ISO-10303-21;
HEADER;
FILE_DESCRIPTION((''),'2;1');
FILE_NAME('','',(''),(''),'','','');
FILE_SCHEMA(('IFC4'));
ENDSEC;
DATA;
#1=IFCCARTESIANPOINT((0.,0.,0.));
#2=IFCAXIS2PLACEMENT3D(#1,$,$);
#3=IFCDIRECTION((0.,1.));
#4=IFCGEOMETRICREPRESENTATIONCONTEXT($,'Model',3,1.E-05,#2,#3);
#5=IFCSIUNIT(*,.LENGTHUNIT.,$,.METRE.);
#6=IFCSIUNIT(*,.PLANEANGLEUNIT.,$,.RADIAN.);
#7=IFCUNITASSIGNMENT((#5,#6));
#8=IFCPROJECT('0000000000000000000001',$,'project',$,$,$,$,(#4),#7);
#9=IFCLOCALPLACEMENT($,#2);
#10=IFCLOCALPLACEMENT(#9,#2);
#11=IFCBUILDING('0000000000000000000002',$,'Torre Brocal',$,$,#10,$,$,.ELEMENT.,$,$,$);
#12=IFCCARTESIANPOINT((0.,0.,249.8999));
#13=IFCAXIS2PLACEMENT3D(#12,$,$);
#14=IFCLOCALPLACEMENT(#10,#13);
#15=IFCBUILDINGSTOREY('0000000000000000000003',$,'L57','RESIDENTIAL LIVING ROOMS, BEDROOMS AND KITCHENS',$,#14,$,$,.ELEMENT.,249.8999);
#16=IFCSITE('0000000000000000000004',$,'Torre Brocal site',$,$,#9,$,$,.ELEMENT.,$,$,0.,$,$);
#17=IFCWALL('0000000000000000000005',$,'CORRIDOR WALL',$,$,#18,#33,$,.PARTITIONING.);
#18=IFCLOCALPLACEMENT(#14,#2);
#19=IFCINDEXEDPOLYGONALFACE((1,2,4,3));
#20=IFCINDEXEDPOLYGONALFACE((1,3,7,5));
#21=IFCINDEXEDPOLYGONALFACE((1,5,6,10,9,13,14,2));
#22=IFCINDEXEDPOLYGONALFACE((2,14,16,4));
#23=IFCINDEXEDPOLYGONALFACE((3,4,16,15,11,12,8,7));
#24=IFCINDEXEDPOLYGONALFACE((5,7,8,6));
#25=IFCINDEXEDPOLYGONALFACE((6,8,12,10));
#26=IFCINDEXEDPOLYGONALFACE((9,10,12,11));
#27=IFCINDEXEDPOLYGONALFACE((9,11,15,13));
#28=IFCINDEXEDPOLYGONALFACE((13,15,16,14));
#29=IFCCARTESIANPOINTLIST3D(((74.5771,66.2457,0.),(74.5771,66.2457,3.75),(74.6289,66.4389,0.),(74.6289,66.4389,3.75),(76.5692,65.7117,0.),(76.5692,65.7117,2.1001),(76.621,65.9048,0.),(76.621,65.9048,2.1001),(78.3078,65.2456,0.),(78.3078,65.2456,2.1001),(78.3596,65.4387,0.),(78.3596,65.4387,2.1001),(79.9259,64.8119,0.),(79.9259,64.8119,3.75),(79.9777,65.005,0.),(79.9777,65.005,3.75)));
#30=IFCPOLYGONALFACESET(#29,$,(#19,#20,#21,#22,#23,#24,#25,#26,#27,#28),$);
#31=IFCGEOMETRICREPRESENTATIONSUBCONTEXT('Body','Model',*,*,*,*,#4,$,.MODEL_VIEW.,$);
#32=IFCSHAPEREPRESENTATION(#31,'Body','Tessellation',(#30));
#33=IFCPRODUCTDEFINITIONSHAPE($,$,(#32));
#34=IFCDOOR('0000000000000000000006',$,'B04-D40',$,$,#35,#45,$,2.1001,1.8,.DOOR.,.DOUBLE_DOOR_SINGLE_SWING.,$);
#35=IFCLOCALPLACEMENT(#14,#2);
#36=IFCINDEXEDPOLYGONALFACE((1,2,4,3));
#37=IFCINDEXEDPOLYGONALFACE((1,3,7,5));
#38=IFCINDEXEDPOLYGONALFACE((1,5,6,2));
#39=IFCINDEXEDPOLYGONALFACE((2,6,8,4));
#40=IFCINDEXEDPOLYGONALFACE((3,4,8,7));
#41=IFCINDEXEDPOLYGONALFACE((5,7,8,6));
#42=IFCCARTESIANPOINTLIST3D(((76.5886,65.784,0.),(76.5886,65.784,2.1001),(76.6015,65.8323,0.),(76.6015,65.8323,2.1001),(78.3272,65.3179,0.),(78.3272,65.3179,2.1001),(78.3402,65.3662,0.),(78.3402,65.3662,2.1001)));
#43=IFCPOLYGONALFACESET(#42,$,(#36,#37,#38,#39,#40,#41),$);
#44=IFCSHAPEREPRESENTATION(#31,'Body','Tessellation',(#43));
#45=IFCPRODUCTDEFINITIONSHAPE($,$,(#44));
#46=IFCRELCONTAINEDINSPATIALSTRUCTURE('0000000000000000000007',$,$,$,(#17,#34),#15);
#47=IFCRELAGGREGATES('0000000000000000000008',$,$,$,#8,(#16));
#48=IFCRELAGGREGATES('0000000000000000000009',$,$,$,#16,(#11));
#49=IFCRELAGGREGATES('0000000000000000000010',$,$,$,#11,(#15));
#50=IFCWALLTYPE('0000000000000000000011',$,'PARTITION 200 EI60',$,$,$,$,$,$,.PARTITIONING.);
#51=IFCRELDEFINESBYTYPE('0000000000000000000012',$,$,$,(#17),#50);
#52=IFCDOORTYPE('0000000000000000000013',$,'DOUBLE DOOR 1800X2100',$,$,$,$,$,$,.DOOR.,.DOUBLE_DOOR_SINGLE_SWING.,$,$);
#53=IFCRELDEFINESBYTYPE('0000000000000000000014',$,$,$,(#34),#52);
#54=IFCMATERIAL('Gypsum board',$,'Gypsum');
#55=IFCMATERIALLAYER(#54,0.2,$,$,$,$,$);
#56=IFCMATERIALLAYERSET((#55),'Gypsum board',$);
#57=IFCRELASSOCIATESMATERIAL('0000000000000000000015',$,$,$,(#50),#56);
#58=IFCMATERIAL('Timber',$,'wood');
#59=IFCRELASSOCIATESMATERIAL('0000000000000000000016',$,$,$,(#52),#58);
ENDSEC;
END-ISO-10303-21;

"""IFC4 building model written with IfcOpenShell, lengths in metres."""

from ifc_helpers import new_model, si_unit, direction, frame, frame_2d, origin, place, context, subcontext, project, spatial, rectangle, extrude, material, layer, layer_set, type_object, element, fill, save


model = new_model("IFC4")

# Units and contexts
model_context = context("Model", 3, precision=1e-05, world=origin(), true_north=direction((0.0, 1.0)))
body_context = subcontext(model_context, "Body", "Model", "MODEL_VIEW")
ifc_project = project(units=[si_unit("LENGTHUNIT", "METRE"), si_unit("PLANEANGLEUNIT", "RADIAN")], contexts=[model_context])

# Site, building, storey
site_placement = place(None, origin())
site = spatial("IfcSite", under=ifc_project, at=site_placement, Name="Torre Brocal site", CompositionType="ELEMENT", RefElevation=0.0)
building_placement = place(site_placement, origin())
building = spatial("IfcBuilding", under=site, at=building_placement, Name="Torre Brocal", CompositionType="ELEMENT")
storey_placement = place(building_placement, frame((0.0, 0.0, 249.8999)))
storey = spatial("IfcBuildingStorey", under=building, at=storey_placement, Name="L57", Description="RESIDENTIAL LIVING ROOMS, BEDROOMS AND KITCHENS", CompositionType="ELEMENT", Elevation=249.8999)

# Shared definitions
ifc_material_1 = material(Name="Gypsum board", Category="Gypsum")
ifc_layer_1 = layer(ifc_material_1, 0.2)
ifc_layer_set_1 = layer_set([ifc_layer_1], Name="Gypsum board")
wall_type_1 = type_object("IfcWallType", Name="PARTITION 200 EI60", PredefinedType="PARTITIONING", material=ifc_layer_set_1)

# Wall, opening, door
wall_1_placement = place(storey_placement, frame((74.603, 66.3423, 0.0), z_axis=(0.0, 0.0, 1.0), x_axis=(0.965895, -0.258933, 0.0)))
wall_1 = element("IfcWall", 1, at=wall_1_placement, inside=storey, type_object=wall_type_1, Name="CORRIDOR WALL", PredefinedType="PARTITIONING", context=body_context, shape_type="SweptSolid", body=[
    extrude(rectangle(XDim=5.5376, YDim=0.2, at=frame_2d((2.7688, 0.0))), origin(), (0.0, 0.0, 1.0), 3.75),
])
opening_1_placement = place(wall_1_placement, frame((2.0625, 0.0, 0.0)))
opening_1 = element("IfcOpeningElement", 2, at=opening_1_placement, cuts=wall_1, PredefinedType="OPENING", context=body_context, shape_type="SweptSolid", body=[
    extrude(rectangle(XDim=1.8, YDim=2.1001, at=frame_2d((0.8999, 1.05))), frame((0.0, 0.1099, 0.0), z_axis=(0.0, -1.0, 0.0), x_axis=(1.0, 0.0, 0.0)), (0.0, 0.0, 1.0), 0.22),
])
ifc_material_2 = material(Name="Timber", Category="wood")
door_type_1 = type_object("IfcDoorType", Name="DOUBLE DOOR 1800X2100", OperationType="DOUBLE_DOOR_SINGLE_SWING", PredefinedType="DOOR", material=ifc_material_2)
door_1_placement = place(opening_1_placement, origin())
door_1 = element("IfcDoor", 3, at=door_1_placement, inside=storey, type_object=door_type_1, Name="B04-D40", OperationType="DOUBLE_DOOR_SINGLE_SWING", OverallHeight=2.1001, OverallWidth=1.8, PredefinedType="DOOR", context=body_context, shape_type="SweptSolid", body=[
    extrude(rectangle(XDim=1.8, YDim=2.1001, at=frame_2d((0.8999, 1.05))), frame((0.0, 0.0249, 0.0), z_axis=(0.0, -1.0, 0.0), x_axis=(1.0, 0.0, 0.0)), (0.0, 0.0, 1.0), 0.05),
])
fill(opening_1, door_1)

save(model, "model.ifc")
